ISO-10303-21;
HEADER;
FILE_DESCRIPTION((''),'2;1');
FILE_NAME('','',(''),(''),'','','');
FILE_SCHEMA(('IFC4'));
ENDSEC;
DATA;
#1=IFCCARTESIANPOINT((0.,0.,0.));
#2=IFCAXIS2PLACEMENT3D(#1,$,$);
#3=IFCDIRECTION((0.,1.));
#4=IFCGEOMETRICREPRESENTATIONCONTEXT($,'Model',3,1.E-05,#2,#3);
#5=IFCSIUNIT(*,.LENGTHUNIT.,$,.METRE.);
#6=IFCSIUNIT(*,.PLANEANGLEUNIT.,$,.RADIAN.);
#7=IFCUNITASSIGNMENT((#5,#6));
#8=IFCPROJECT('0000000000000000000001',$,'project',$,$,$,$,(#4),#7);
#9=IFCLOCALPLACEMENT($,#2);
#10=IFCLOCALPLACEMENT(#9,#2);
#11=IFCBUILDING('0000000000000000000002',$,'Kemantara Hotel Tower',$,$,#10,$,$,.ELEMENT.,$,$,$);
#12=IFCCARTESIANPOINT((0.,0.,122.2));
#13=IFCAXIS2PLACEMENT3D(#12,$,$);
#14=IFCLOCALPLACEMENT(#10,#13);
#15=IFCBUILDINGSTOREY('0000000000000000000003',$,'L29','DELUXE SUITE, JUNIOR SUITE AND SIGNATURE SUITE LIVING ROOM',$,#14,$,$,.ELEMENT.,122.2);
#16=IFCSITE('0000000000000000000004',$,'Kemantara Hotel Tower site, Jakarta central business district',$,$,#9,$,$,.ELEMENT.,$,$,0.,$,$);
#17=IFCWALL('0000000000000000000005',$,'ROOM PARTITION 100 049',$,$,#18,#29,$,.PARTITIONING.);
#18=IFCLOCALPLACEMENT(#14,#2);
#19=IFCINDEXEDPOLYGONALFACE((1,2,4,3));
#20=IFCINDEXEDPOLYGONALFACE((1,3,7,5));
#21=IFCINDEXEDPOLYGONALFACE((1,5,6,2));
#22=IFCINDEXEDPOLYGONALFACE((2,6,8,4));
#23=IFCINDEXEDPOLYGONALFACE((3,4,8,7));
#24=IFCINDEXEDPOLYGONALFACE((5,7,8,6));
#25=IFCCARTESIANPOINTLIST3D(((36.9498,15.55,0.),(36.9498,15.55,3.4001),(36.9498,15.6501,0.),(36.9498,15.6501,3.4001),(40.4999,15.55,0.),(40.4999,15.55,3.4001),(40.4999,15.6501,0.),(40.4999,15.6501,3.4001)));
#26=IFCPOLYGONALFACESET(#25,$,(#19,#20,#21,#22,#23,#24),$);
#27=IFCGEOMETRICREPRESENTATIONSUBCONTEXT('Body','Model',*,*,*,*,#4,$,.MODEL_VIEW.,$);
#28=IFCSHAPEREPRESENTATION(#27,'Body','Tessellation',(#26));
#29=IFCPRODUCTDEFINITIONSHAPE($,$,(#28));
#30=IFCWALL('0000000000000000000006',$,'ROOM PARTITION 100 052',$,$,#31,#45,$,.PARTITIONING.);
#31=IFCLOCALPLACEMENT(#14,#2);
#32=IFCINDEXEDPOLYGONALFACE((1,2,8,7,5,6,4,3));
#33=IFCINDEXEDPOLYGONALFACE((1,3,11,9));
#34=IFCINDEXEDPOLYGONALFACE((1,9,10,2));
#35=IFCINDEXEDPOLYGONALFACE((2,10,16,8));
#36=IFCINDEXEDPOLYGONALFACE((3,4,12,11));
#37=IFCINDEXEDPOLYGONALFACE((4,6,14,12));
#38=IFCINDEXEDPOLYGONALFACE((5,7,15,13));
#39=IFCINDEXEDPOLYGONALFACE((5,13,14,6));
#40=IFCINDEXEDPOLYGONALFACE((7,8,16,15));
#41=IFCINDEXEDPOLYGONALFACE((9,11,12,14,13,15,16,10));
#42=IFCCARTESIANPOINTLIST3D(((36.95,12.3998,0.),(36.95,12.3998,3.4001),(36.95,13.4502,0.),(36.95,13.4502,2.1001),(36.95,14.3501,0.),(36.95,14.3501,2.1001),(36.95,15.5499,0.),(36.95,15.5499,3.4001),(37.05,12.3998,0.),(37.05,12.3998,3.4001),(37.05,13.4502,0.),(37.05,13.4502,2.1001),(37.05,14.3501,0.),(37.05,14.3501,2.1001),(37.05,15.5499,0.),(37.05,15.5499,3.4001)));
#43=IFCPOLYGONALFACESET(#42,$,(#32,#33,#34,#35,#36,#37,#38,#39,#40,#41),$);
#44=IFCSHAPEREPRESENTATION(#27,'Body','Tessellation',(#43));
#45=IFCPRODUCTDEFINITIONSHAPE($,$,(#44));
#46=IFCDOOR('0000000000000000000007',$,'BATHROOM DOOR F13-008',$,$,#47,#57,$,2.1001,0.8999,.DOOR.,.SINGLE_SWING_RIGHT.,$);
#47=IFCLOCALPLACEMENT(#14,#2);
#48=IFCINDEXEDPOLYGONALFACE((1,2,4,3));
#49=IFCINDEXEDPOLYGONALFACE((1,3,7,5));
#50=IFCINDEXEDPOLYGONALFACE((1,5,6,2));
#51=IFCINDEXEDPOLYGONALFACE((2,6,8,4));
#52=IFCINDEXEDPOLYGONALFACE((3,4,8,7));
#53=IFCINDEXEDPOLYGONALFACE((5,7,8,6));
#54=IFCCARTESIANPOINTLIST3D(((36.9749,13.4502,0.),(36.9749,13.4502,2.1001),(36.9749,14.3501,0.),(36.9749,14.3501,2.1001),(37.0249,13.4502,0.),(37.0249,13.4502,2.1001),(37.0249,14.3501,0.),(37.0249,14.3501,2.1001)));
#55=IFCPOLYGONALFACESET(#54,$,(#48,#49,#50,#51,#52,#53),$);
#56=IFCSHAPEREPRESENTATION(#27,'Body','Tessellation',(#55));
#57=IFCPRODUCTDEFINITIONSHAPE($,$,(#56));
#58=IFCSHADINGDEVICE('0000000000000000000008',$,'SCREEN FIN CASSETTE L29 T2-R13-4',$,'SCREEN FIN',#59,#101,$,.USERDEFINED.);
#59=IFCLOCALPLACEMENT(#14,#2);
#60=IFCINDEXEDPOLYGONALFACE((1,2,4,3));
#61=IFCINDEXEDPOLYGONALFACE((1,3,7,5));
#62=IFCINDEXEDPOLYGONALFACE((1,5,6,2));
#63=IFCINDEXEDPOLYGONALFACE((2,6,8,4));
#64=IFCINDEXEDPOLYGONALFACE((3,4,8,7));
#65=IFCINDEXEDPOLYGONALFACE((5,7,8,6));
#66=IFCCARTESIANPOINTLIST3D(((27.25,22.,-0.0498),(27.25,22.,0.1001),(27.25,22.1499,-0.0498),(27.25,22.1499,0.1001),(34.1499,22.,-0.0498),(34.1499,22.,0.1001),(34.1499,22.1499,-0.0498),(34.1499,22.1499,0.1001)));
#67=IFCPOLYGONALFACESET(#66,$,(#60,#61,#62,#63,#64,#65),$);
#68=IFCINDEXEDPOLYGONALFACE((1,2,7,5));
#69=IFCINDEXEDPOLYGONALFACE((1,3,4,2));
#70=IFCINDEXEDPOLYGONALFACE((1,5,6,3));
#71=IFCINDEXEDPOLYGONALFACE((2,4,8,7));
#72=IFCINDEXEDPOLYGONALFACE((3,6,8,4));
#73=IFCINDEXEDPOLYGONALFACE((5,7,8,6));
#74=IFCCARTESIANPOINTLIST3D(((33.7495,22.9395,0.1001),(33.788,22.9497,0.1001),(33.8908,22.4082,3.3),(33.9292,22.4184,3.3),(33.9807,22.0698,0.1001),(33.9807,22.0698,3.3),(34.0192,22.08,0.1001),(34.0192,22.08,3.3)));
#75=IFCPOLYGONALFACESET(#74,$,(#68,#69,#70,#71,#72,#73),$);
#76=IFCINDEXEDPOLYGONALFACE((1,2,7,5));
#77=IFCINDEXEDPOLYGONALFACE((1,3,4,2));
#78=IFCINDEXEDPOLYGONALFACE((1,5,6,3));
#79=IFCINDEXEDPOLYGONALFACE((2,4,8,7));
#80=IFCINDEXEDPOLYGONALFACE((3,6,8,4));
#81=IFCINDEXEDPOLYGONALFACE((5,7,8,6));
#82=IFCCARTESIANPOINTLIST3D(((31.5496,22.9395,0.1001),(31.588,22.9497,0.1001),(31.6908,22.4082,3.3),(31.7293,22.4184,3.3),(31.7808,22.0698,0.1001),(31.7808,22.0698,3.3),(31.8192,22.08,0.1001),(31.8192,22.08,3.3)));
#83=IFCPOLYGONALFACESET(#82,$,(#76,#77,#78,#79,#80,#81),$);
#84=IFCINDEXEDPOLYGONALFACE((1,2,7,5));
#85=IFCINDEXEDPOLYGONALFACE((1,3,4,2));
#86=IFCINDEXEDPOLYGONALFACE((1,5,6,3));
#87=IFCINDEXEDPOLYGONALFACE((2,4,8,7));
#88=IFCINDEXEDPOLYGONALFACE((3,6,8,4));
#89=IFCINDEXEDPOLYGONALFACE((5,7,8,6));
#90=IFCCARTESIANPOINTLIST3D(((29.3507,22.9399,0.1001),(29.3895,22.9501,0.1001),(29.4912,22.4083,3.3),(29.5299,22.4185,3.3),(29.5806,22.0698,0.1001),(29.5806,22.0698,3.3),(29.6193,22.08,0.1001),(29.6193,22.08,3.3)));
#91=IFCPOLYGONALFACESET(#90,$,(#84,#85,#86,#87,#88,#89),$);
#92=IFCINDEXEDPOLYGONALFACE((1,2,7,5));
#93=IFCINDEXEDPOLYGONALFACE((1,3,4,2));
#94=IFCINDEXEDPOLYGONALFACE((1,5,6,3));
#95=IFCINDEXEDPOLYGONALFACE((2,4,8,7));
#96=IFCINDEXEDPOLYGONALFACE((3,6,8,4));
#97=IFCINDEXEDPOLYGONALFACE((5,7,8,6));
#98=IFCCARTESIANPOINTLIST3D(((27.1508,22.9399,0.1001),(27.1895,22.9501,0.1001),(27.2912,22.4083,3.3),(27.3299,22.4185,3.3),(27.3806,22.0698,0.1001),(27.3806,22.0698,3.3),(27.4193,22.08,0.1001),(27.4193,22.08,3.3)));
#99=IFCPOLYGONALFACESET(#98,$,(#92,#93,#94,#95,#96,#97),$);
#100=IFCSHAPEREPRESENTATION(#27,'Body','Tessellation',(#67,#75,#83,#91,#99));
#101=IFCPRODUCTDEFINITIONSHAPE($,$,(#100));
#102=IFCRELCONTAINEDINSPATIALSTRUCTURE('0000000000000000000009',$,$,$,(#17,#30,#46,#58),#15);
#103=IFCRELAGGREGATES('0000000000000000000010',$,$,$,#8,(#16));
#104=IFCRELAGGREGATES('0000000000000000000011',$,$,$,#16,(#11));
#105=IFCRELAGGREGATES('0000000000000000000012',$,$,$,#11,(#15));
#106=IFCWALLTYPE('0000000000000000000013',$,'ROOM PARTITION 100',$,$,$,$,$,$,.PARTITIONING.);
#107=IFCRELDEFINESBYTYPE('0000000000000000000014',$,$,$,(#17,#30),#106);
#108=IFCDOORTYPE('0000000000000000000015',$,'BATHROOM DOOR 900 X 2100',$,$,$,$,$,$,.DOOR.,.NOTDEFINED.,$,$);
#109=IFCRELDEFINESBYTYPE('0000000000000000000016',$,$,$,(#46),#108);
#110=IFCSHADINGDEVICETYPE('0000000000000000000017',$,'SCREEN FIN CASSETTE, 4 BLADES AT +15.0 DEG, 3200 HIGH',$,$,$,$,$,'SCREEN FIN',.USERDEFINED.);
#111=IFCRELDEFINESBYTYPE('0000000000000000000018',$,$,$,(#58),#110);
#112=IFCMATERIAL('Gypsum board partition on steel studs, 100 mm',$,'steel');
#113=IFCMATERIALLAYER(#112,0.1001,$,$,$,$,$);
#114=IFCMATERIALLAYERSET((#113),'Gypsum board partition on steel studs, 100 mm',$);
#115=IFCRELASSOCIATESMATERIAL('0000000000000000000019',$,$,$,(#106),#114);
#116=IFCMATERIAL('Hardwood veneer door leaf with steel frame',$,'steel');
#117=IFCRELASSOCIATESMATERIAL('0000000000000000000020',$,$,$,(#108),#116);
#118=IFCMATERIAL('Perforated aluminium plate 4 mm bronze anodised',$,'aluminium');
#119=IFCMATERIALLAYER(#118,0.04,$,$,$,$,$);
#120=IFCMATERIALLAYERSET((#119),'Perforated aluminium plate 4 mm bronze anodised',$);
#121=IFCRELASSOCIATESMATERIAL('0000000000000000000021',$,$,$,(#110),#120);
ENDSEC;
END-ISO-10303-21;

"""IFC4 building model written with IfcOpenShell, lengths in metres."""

from ifc_helpers import new_model, si_unit, direction, frame, frame_2d, origin, origin_2d, place, context, subcontext, project, spatial, polyline, rectangle, outline, extrude, source, transform, mapped, material, layer, layer_set, type_object, element, fill, save


model = new_model("IFC4")

# Units and contexts
model_context = context("Model", 3, precision=1e-05, world=origin(), true_north=direction((0.0, 1.0)))
body_context = subcontext(model_context, "Body", "Model", "MODEL_VIEW")
ifc_project = project(units=[si_unit("LENGTHUNIT", "METRE"), si_unit("PLANEANGLEUNIT", "RADIAN")], contexts=[model_context])

# Site, building, storey
site_placement = place(None, origin())
site = spatial("IfcSite", under=ifc_project, at=site_placement, Name="Kemantara Hotel Tower site, Jakarta central business district", CompositionType="ELEMENT", RefElevation=0.0)
building_placement = place(site_placement, origin())
building = spatial("IfcBuilding", under=site, at=building_placement, Name="Kemantara Hotel Tower", CompositionType="ELEMENT")
storey_placement = place(building_placement, frame((0.0, 0.0, 122.2)))
storey = spatial("IfcBuildingStorey", under=building, at=storey_placement, Name="L29", Description="DELUXE SUITE, JUNIOR SUITE AND SIGNATURE SUITE LIVING ROOM", CompositionType="ELEMENT", Elevation=122.2)

# Shared definitions
ifc_material_1 = material(Name="Hardwood veneer door leaf with steel frame", Category="steel")

# Shared definitions
ifc_material_2 = material(Name="Gypsum board partition on steel studs, 100 mm", Category="steel")
ifc_layer_1 = layer(ifc_material_2, 0.1001)
ifc_layer_set_1 = layer_set([ifc_layer_1], Name="Gypsum board partition on steel studs, 100 mm")
wall_type_1 = type_object("IfcWallType", Name="ROOM PARTITION 100", PredefinedType="PARTITIONING", material=ifc_layer_set_1)

# Wall
wall_1_placement = place(storey_placement, frame((36.95, 15.6001, 0.0), z_axis=(0.0, 0.0, 1.0), x_axis=(1.0, 0.0, 0.0)))
element("IfcWall", 1, at=wall_1_placement, inside=storey, type_object=wall_type_1, Name="ROOM PARTITION 100 049", PredefinedType="PARTITIONING", context=body_context, shape_type="SweptSolid", body=[
    extrude(rectangle(XDim=3.55, YDim=0.1001, at=frame_2d((1.7749, 0.0))), origin(), (0.0, 0.0, 1.0), 3.4001),
])

# Wall, opening, door
wall_2_placement = place(storey_placement, frame((37.0, 15.55, 0.0), z_axis=(0.0, 0.0, 1.0), x_axis=(0.0, -1.0, 0.0)))
wall_2 = element("IfcWall", 2, at=wall_2_placement, inside=storey, type_object=wall_type_1, Name="ROOM PARTITION 100 052", PredefinedType="PARTITIONING", context=body_context, shape_type="SweptSolid", body=[
    extrude(rectangle(XDim=3.1501, YDim=0.1001, at=frame_2d((1.5752, 0.0))), origin(), (0.0, 0.0, 1.0), 3.4001),
])
opening_1_placement = place(wall_2_placement, frame((1.2, 0.0, 0.0)))
opening_1 = element("IfcOpeningElement", 3, at=opening_1_placement, cuts=wall_2, PredefinedType="OPENING", context=body_context, shape_type="SweptSolid", body=[
    extrude(rectangle(XDim=0.8999, YDim=2.1001, at=frame_2d((0.45, 1.05))), frame((0.0, 0.0601, 0.0), z_axis=(0.0, -1.0, 0.0), x_axis=(1.0, 0.0, 0.0)), (0.0, 0.0, 1.0), 0.1201),
])
door_type_1 = type_object("IfcDoorType", Name="BATHROOM DOOR 900 X 2100", OperationType="NOTDEFINED", PredefinedType="DOOR", material=ifc_material_1)
door_1_placement = place(opening_1_placement, origin())
door_1 = element("IfcDoor", 4, at=door_1_placement, inside=storey, type_object=door_type_1, Name="BATHROOM DOOR F13-008", OperationType="SINGLE_SWING_RIGHT", OverallHeight=2.1001, OverallWidth=0.8999, PredefinedType="DOOR", context=body_context, shape_type="SweptSolid", body=[
    extrude(rectangle(XDim=0.8999, YDim=2.1001, at=frame_2d((0.45, 1.05))), frame((0.0, 0.0249, 0.0), z_axis=(0.0, -1.0, 0.0), x_axis=(1.0, 0.0, 0.0)), (0.0, 0.0, 1.0), 0.05),
])
fill(opening_1, door_1)

# Shading device
ifc_material_3 = material(Name="Perforated aluminium plate 4 mm bronze anodised", Category="aluminium")
ifc_layer_2 = layer(ifc_material_3, 0.04)
ifc_layer_set_2 = layer_set([ifc_layer_2], Name="Perforated aluminium plate 4 mm bronze anodised")
shading_device_type = type_object("IfcShadingDeviceType", Name="SCREEN FIN CASSETTE, 4 BLADES AT +15.0 DEG, 3200 HIGH", ElementType="SCREEN FIN", PredefinedType="USERDEFINED", material=ifc_layer_set_2)
shared_shape_1 = source(origin(), body_context, "Body", "SweptSolid", [
    extrude(rectangle(XDim=6.8999, YDim=0.1499, at=origin_2d()), frame((3.3, -0.075, -0.1499), z_axis=(0.0, 0.0, 1.0), x_axis=(1.0, 0.0, 0.0)), (0.0, 0.0, 1.0), 0.1499),
    extrude(outline(polyline([(0.0, 0.0), (0.8999, 0.0), (0.3501, 3.2), (0.0, 3.2), (0.0, 0.0)])), frame((0.0193, -0.0698, 0.0), z_axis=(-0.966438, -0.256901, 0.0), x_axis=(0.256901, -0.966438, 0.0)), (0.0, 0.0, 1.0), 0.0398),
    extrude(outline(polyline([(0.0, 0.0), (0.8999, 0.0), (0.3501, 3.2), (0.0, 3.2), (0.0, 0.0)])), frame((2.2192, -0.0698, 0.0), z_axis=(-0.966438, -0.256901, 0.0), x_axis=(0.256901, -0.966438, 0.0)), (0.0, 0.0, 1.0), 0.0398),
    extrude(outline(polyline([(0.0, 0.0), (0.8999, 0.0), (0.3501, 3.2), (0.0, 3.2), (0.0, 0.0)])), frame((4.4194, -0.0698, 0.0), z_axis=(-0.966838, -0.255391, 0.0), x_axis=(0.255391, -0.966838, 0.0)), (0.0, 0.0, 1.0), 0.04),
    extrude(outline(polyline([(0.0, 0.0), (0.8999, 0.0), (0.3501, 3.2), (0.0, 3.2), (0.0, 0.0)])), frame((6.6194, -0.0698, 0.0), z_axis=(-0.966838, -0.255391, 0.0), x_axis=(0.255391, -0.966838, 0.0)), (0.0, 0.0, 1.0), 0.04),
])
shading_device_placement = place(storey_placement, frame((34.0, 22.0, 0.1001), z_axis=(0.0, 0.0, 1.0), x_axis=(-1.0, 0.0, 0.0)))
element("IfcShadingDevice", 5, at=shading_device_placement, inside=storey, type_object=shading_device_type, Name="SCREEN FIN CASSETTE L29 T2-R13-4", ObjectType="SCREEN FIN", PredefinedType="USERDEFINED", context=body_context, shape_type="MappedRepresentation", body=[
    mapped(shared_shape_1, transform((0.0, 0.0, 0.0))),
])

save(model, "model.ifc")
